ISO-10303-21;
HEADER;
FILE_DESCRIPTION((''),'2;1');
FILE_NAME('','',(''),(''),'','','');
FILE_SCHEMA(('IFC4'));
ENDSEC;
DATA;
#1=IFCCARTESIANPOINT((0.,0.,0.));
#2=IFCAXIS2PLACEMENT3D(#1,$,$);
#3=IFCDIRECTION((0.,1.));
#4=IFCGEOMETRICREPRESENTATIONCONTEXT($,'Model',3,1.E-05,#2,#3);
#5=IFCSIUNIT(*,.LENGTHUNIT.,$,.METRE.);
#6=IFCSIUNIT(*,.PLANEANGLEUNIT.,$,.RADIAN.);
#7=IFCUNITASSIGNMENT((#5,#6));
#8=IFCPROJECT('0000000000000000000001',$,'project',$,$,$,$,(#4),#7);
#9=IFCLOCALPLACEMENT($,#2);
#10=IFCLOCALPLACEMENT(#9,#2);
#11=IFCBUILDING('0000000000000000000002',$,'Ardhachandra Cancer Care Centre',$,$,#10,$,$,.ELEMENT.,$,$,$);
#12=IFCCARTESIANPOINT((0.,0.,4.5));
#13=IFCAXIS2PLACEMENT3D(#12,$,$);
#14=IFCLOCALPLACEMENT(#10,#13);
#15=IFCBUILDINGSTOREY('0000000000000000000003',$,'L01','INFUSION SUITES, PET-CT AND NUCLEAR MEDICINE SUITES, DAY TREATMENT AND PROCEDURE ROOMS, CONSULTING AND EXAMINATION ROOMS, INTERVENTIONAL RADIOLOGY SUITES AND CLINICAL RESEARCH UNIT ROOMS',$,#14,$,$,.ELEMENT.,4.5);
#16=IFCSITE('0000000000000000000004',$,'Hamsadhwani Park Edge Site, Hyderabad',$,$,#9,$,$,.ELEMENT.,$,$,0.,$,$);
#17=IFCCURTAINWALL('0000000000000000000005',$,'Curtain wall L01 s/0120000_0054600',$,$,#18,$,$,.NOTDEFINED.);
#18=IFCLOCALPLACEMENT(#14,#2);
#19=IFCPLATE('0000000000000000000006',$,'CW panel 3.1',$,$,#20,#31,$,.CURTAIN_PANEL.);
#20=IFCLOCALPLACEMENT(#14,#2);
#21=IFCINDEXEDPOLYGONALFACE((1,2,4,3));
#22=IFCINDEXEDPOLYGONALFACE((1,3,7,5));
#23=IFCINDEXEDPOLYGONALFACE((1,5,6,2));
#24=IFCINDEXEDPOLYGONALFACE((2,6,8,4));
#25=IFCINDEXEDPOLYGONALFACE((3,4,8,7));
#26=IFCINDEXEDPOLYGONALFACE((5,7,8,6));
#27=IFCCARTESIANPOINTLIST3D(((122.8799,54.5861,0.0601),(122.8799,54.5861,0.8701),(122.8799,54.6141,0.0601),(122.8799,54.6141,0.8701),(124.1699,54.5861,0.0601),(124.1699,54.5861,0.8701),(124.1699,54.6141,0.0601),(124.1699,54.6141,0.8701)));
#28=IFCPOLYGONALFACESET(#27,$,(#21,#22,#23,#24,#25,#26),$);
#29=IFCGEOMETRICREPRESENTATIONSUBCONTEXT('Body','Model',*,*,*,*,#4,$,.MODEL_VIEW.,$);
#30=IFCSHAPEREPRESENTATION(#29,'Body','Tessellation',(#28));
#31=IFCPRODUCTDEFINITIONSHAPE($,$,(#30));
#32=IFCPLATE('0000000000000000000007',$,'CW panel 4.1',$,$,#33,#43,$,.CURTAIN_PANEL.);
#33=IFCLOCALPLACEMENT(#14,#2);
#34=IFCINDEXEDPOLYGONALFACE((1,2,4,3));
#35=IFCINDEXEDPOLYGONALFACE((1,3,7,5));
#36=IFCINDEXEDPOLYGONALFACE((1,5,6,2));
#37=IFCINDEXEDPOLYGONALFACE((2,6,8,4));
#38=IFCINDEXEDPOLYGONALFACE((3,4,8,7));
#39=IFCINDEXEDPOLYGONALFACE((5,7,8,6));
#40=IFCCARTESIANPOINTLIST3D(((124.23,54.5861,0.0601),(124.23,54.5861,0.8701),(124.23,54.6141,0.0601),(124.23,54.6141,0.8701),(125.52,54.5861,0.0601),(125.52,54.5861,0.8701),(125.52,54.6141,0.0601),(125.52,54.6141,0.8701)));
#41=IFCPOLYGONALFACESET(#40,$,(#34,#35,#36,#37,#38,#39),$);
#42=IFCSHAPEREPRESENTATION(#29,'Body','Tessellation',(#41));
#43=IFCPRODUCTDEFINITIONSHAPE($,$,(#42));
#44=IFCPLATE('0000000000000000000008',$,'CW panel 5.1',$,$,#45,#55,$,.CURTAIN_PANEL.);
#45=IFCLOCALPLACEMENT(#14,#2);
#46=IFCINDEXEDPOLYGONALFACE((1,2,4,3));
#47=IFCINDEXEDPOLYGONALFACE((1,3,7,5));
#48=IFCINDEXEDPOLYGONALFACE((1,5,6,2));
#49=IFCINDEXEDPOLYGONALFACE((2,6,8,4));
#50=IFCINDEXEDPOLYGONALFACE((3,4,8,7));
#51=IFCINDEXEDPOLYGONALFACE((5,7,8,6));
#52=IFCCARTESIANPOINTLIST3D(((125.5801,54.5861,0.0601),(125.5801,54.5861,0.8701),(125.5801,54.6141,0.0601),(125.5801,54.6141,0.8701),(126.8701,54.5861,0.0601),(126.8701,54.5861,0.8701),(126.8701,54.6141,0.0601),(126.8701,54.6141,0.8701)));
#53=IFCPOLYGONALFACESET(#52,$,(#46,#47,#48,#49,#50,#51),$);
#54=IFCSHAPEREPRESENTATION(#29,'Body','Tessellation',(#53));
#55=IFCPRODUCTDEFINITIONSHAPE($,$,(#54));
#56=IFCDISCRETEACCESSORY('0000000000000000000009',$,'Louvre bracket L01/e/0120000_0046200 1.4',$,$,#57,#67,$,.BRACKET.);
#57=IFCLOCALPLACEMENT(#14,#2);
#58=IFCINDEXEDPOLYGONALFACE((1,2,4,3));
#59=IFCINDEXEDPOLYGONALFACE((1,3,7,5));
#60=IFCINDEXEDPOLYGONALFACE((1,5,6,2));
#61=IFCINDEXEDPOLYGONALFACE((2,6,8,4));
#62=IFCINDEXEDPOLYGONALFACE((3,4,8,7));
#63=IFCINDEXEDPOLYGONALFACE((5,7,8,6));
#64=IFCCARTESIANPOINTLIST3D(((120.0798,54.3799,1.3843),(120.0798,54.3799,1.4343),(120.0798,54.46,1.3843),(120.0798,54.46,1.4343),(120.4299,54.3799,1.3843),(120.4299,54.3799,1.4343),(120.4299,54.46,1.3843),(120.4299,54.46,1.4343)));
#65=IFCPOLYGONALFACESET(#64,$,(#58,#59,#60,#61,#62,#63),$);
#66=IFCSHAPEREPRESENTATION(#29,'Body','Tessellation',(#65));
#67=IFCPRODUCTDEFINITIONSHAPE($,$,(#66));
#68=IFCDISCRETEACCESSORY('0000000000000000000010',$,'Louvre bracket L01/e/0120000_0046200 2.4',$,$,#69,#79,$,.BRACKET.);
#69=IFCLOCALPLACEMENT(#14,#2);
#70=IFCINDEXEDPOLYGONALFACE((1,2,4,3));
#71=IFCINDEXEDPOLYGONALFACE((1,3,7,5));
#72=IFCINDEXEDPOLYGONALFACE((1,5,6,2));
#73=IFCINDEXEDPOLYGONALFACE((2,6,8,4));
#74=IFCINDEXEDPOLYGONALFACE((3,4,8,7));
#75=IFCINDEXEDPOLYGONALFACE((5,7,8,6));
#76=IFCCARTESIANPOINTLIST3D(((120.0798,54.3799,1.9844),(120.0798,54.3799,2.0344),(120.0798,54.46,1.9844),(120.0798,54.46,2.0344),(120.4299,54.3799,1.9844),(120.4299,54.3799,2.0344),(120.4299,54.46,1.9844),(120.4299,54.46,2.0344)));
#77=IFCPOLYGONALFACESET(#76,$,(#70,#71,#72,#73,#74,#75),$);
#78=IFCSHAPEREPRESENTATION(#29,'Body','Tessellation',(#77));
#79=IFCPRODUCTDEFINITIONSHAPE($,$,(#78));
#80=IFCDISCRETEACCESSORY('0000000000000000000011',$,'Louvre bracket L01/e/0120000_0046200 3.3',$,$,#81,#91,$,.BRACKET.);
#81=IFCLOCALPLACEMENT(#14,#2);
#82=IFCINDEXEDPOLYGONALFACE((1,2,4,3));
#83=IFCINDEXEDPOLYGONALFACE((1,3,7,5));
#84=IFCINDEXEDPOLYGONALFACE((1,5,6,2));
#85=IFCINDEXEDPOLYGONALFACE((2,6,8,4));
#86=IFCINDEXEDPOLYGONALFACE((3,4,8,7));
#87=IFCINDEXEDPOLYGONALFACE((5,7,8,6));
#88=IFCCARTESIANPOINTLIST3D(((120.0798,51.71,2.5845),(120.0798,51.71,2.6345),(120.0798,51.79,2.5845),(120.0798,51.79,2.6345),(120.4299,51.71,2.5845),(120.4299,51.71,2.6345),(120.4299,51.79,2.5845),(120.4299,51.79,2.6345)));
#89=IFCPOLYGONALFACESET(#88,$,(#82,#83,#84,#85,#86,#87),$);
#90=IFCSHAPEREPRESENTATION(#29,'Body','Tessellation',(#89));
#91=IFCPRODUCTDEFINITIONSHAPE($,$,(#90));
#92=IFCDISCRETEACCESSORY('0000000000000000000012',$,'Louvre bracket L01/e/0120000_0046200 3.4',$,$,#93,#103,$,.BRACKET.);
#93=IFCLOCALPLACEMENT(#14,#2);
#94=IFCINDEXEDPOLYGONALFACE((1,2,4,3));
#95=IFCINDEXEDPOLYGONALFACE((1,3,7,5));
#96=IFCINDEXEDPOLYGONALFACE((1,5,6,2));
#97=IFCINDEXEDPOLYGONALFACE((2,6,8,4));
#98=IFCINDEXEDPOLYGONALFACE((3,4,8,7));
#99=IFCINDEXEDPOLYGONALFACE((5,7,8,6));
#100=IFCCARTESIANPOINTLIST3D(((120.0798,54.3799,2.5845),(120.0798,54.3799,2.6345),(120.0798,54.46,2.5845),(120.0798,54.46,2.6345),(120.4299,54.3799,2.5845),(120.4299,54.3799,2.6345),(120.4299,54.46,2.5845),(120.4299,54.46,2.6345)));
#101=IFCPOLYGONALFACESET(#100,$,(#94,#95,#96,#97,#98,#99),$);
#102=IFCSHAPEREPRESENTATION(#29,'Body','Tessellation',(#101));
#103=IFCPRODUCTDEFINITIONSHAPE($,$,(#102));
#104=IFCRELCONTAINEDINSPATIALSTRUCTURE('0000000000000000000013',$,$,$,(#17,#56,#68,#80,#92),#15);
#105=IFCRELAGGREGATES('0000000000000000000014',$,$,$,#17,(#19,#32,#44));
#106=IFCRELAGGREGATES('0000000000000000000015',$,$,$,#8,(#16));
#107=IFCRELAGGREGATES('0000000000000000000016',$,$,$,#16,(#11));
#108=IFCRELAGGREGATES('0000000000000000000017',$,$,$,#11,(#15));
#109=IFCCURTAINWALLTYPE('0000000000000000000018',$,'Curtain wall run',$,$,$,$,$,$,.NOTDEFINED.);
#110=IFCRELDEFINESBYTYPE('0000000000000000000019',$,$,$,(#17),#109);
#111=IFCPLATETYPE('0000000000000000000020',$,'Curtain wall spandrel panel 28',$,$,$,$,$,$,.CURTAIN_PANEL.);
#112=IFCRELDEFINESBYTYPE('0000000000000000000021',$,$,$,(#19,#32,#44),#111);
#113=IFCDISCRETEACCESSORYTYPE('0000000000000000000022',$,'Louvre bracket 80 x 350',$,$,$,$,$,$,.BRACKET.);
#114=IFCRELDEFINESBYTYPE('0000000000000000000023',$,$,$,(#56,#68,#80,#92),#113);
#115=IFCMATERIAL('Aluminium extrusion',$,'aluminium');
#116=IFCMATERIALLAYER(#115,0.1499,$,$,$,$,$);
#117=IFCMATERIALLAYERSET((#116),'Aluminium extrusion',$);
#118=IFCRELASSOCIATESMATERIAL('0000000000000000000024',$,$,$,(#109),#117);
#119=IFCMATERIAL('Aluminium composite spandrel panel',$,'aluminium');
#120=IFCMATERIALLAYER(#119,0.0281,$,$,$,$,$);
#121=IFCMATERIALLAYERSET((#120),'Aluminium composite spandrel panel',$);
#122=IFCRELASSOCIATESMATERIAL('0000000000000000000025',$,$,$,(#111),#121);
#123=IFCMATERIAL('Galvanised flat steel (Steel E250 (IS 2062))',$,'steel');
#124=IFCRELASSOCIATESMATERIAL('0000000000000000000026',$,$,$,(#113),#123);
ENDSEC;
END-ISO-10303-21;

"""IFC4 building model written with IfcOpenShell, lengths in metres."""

from ifc_helpers import new_model, si_unit, direction, frame, origin, origin_2d, place, context, subcontext, project, spatial, rectangle, extrude, material, layer, layer_set, type_object, element, aggregate, save


model = new_model("IFC4")

# Units and contexts
model_context = context("Model", 3, precision=1e-05, world=origin(), true_north=direction((0.0, 1.0)))
body_context = subcontext(model_context, "Body", "Model", "MODEL_VIEW")
ifc_project = project(units=[si_unit("LENGTHUNIT", "METRE"), si_unit("PLANEANGLEUNIT", "RADIAN")], contexts=[model_context])

# Site, building, storey
site_placement = place(None, origin())
site = spatial("IfcSite", under=ifc_project, at=site_placement, Name="Hamsadhwani Park Edge Site, Hyderabad", CompositionType="ELEMENT", RefElevation=0.0)
building_placement = place(site_placement, origin())
building = spatial("IfcBuilding", under=site, at=building_placement, Name="Ardhachandra Cancer Care Centre", CompositionType="ELEMENT")
storey_placement = place(building_placement, frame((0.0, 0.0, 4.5)))
storey = spatial("IfcBuildingStorey", under=building, at=storey_placement, Name="L01", Description="INFUSION SUITES, PET-CT AND NUCLEAR MEDICINE SUITES, DAY TREATMENT AND PROCEDURE ROOMS, CONSULTING AND EXAMINATION ROOMS, INTERVENTIONAL RADIOLOGY SUITES AND CLINICAL RESEARCH UNIT ROOMS", CompositionType="ELEMENT", Elevation=4.5)

# Curtain wall, plates
ifc_material_1 = material(Name="Aluminium extrusion", Category="aluminium")
ifc_layer_1 = layer(ifc_material_1, 0.1499)
ifc_layer_set_1 = layer_set([ifc_layer_1], Name="Aluminium extrusion")
curtain_wall_type = type_object("IfcCurtainWallType", Name="Curtain wall run", PredefinedType="NOTDEFINED", material=ifc_layer_set_1)
curtain_wall_placement = place(storey_placement, origin())
curtain_wall = element("IfcCurtainWall", 1, at=curtain_wall_placement, inside=storey, type_object=curtain_wall_type, Name="Curtain wall L01 s/0120000_0054600", PredefinedType="NOTDEFINED")
ifc_material_2 = material(Name="Aluminium composite spandrel panel", Category="aluminium")
ifc_layer_2 = layer(ifc_material_2, 0.0281)
ifc_layer_set_2 = layer_set([ifc_layer_2], Name="Aluminium composite spandrel panel")
plate_type_1 = type_object("IfcPlateType", Name="Curtain wall spandrel panel 28", PredefinedType="CURTAIN_PANEL", material=ifc_layer_set_2)
plate_1_placement = place(storey_placement, frame((123.5249, 54.6001, 0.0601), z_axis=(0.0, 0.0, 1.0), x_axis=(1.0, 0.0, 0.0)))
plate_1 = element("IfcPlate", 2, at=plate_1_placement, type_object=plate_type_1, Name="CW panel 3.1", PredefinedType="CURTAIN_PANEL", context=body_context, shape_type="SweptSolid", body=[
    extrude(rectangle(XDim=1.29, YDim=0.0281, at=origin_2d()), origin(), (0.0, 0.0, 1.0), 0.8101),
])
plate_2_placement = place(storey_placement, frame((124.875, 54.6001, 0.0601), z_axis=(0.0, 0.0, 1.0), x_axis=(1.0, 0.0, 0.0)))
plate_2 = element("IfcPlate", 3, at=plate_2_placement, type_object=plate_type_1, Name="CW panel 4.1", PredefinedType="CURTAIN_PANEL", context=body_context, shape_type="SweptSolid", body=[
    extrude(rectangle(XDim=1.29, YDim=0.0281, at=origin_2d()), origin(), (0.0, 0.0, 1.0), 0.8101),
])
plate_3_placement = place(storey_placement, frame((126.2251, 54.6001, 0.0601), z_axis=(0.0, 0.0, 1.0), x_axis=(1.0, 0.0, 0.0)))
plate_3 = element("IfcPlate", 4, at=plate_3_placement, type_object=plate_type_1, Name="CW panel 5.1", PredefinedType="CURTAIN_PANEL", context=body_context, shape_type="SweptSolid", body=[
    extrude(rectangle(XDim=1.29, YDim=0.0281, at=origin_2d()), origin(), (0.0, 0.0, 1.0), 0.8101),
])
aggregate(curtain_wall, [plate_1, plate_2, plate_3])

# Discrete accessories
ifc_material_3 = material(Name="Galvanised flat steel (Steel E250 (IS 2062))", Category="steel")
discrete_accessory_type = type_object("IfcDiscreteAccessoryType", Name="Louvre bracket 80 x 350", PredefinedType="BRACKET", material=ifc_material_3)
for number, where, z_axis, x_axis, name in (
    (5, (120.2549, 54.4199, 1.3843), (0.0, 0.0, 1.0), (0.0, 1.0, 0.0), "Louvre bracket L01/e/0120000_0046200 1.4"),
    (6, (120.2549, 54.4199, 1.9844), (0.0, 0.0, 1.0), (0.0, 1.0, 0.0), "Louvre bracket L01/e/0120000_0046200 2.4"),
    (7, (120.2549, 51.75, 2.5845), (0.0, 0.0, 1.0), (0.0, 1.0, 0.0), "Louvre bracket L01/e/0120000_0046200 3.3"),
    (8, (120.2549, 54.4199, 2.5845), (0.0, 0.0, 1.0), (0.0, 1.0, 0.0), "Louvre bracket L01/e/0120000_0046200 3.4"),
):
    element("IfcDiscreteAccessory", number, at=place(storey_placement, frame(where, z_axis=z_axis, x_axis=x_axis)), inside=storey, type_object=discrete_accessory_type, Name=name, PredefinedType="BRACKET", context=body_context, shape_type="SweptSolid", body=[
        extrude(rectangle(XDim=0.0801, YDim=0.3501, at=origin_2d()), origin(), (0.0, 0.0, 1.0), 0.05),
    ])

save(model, "model.ifc")
